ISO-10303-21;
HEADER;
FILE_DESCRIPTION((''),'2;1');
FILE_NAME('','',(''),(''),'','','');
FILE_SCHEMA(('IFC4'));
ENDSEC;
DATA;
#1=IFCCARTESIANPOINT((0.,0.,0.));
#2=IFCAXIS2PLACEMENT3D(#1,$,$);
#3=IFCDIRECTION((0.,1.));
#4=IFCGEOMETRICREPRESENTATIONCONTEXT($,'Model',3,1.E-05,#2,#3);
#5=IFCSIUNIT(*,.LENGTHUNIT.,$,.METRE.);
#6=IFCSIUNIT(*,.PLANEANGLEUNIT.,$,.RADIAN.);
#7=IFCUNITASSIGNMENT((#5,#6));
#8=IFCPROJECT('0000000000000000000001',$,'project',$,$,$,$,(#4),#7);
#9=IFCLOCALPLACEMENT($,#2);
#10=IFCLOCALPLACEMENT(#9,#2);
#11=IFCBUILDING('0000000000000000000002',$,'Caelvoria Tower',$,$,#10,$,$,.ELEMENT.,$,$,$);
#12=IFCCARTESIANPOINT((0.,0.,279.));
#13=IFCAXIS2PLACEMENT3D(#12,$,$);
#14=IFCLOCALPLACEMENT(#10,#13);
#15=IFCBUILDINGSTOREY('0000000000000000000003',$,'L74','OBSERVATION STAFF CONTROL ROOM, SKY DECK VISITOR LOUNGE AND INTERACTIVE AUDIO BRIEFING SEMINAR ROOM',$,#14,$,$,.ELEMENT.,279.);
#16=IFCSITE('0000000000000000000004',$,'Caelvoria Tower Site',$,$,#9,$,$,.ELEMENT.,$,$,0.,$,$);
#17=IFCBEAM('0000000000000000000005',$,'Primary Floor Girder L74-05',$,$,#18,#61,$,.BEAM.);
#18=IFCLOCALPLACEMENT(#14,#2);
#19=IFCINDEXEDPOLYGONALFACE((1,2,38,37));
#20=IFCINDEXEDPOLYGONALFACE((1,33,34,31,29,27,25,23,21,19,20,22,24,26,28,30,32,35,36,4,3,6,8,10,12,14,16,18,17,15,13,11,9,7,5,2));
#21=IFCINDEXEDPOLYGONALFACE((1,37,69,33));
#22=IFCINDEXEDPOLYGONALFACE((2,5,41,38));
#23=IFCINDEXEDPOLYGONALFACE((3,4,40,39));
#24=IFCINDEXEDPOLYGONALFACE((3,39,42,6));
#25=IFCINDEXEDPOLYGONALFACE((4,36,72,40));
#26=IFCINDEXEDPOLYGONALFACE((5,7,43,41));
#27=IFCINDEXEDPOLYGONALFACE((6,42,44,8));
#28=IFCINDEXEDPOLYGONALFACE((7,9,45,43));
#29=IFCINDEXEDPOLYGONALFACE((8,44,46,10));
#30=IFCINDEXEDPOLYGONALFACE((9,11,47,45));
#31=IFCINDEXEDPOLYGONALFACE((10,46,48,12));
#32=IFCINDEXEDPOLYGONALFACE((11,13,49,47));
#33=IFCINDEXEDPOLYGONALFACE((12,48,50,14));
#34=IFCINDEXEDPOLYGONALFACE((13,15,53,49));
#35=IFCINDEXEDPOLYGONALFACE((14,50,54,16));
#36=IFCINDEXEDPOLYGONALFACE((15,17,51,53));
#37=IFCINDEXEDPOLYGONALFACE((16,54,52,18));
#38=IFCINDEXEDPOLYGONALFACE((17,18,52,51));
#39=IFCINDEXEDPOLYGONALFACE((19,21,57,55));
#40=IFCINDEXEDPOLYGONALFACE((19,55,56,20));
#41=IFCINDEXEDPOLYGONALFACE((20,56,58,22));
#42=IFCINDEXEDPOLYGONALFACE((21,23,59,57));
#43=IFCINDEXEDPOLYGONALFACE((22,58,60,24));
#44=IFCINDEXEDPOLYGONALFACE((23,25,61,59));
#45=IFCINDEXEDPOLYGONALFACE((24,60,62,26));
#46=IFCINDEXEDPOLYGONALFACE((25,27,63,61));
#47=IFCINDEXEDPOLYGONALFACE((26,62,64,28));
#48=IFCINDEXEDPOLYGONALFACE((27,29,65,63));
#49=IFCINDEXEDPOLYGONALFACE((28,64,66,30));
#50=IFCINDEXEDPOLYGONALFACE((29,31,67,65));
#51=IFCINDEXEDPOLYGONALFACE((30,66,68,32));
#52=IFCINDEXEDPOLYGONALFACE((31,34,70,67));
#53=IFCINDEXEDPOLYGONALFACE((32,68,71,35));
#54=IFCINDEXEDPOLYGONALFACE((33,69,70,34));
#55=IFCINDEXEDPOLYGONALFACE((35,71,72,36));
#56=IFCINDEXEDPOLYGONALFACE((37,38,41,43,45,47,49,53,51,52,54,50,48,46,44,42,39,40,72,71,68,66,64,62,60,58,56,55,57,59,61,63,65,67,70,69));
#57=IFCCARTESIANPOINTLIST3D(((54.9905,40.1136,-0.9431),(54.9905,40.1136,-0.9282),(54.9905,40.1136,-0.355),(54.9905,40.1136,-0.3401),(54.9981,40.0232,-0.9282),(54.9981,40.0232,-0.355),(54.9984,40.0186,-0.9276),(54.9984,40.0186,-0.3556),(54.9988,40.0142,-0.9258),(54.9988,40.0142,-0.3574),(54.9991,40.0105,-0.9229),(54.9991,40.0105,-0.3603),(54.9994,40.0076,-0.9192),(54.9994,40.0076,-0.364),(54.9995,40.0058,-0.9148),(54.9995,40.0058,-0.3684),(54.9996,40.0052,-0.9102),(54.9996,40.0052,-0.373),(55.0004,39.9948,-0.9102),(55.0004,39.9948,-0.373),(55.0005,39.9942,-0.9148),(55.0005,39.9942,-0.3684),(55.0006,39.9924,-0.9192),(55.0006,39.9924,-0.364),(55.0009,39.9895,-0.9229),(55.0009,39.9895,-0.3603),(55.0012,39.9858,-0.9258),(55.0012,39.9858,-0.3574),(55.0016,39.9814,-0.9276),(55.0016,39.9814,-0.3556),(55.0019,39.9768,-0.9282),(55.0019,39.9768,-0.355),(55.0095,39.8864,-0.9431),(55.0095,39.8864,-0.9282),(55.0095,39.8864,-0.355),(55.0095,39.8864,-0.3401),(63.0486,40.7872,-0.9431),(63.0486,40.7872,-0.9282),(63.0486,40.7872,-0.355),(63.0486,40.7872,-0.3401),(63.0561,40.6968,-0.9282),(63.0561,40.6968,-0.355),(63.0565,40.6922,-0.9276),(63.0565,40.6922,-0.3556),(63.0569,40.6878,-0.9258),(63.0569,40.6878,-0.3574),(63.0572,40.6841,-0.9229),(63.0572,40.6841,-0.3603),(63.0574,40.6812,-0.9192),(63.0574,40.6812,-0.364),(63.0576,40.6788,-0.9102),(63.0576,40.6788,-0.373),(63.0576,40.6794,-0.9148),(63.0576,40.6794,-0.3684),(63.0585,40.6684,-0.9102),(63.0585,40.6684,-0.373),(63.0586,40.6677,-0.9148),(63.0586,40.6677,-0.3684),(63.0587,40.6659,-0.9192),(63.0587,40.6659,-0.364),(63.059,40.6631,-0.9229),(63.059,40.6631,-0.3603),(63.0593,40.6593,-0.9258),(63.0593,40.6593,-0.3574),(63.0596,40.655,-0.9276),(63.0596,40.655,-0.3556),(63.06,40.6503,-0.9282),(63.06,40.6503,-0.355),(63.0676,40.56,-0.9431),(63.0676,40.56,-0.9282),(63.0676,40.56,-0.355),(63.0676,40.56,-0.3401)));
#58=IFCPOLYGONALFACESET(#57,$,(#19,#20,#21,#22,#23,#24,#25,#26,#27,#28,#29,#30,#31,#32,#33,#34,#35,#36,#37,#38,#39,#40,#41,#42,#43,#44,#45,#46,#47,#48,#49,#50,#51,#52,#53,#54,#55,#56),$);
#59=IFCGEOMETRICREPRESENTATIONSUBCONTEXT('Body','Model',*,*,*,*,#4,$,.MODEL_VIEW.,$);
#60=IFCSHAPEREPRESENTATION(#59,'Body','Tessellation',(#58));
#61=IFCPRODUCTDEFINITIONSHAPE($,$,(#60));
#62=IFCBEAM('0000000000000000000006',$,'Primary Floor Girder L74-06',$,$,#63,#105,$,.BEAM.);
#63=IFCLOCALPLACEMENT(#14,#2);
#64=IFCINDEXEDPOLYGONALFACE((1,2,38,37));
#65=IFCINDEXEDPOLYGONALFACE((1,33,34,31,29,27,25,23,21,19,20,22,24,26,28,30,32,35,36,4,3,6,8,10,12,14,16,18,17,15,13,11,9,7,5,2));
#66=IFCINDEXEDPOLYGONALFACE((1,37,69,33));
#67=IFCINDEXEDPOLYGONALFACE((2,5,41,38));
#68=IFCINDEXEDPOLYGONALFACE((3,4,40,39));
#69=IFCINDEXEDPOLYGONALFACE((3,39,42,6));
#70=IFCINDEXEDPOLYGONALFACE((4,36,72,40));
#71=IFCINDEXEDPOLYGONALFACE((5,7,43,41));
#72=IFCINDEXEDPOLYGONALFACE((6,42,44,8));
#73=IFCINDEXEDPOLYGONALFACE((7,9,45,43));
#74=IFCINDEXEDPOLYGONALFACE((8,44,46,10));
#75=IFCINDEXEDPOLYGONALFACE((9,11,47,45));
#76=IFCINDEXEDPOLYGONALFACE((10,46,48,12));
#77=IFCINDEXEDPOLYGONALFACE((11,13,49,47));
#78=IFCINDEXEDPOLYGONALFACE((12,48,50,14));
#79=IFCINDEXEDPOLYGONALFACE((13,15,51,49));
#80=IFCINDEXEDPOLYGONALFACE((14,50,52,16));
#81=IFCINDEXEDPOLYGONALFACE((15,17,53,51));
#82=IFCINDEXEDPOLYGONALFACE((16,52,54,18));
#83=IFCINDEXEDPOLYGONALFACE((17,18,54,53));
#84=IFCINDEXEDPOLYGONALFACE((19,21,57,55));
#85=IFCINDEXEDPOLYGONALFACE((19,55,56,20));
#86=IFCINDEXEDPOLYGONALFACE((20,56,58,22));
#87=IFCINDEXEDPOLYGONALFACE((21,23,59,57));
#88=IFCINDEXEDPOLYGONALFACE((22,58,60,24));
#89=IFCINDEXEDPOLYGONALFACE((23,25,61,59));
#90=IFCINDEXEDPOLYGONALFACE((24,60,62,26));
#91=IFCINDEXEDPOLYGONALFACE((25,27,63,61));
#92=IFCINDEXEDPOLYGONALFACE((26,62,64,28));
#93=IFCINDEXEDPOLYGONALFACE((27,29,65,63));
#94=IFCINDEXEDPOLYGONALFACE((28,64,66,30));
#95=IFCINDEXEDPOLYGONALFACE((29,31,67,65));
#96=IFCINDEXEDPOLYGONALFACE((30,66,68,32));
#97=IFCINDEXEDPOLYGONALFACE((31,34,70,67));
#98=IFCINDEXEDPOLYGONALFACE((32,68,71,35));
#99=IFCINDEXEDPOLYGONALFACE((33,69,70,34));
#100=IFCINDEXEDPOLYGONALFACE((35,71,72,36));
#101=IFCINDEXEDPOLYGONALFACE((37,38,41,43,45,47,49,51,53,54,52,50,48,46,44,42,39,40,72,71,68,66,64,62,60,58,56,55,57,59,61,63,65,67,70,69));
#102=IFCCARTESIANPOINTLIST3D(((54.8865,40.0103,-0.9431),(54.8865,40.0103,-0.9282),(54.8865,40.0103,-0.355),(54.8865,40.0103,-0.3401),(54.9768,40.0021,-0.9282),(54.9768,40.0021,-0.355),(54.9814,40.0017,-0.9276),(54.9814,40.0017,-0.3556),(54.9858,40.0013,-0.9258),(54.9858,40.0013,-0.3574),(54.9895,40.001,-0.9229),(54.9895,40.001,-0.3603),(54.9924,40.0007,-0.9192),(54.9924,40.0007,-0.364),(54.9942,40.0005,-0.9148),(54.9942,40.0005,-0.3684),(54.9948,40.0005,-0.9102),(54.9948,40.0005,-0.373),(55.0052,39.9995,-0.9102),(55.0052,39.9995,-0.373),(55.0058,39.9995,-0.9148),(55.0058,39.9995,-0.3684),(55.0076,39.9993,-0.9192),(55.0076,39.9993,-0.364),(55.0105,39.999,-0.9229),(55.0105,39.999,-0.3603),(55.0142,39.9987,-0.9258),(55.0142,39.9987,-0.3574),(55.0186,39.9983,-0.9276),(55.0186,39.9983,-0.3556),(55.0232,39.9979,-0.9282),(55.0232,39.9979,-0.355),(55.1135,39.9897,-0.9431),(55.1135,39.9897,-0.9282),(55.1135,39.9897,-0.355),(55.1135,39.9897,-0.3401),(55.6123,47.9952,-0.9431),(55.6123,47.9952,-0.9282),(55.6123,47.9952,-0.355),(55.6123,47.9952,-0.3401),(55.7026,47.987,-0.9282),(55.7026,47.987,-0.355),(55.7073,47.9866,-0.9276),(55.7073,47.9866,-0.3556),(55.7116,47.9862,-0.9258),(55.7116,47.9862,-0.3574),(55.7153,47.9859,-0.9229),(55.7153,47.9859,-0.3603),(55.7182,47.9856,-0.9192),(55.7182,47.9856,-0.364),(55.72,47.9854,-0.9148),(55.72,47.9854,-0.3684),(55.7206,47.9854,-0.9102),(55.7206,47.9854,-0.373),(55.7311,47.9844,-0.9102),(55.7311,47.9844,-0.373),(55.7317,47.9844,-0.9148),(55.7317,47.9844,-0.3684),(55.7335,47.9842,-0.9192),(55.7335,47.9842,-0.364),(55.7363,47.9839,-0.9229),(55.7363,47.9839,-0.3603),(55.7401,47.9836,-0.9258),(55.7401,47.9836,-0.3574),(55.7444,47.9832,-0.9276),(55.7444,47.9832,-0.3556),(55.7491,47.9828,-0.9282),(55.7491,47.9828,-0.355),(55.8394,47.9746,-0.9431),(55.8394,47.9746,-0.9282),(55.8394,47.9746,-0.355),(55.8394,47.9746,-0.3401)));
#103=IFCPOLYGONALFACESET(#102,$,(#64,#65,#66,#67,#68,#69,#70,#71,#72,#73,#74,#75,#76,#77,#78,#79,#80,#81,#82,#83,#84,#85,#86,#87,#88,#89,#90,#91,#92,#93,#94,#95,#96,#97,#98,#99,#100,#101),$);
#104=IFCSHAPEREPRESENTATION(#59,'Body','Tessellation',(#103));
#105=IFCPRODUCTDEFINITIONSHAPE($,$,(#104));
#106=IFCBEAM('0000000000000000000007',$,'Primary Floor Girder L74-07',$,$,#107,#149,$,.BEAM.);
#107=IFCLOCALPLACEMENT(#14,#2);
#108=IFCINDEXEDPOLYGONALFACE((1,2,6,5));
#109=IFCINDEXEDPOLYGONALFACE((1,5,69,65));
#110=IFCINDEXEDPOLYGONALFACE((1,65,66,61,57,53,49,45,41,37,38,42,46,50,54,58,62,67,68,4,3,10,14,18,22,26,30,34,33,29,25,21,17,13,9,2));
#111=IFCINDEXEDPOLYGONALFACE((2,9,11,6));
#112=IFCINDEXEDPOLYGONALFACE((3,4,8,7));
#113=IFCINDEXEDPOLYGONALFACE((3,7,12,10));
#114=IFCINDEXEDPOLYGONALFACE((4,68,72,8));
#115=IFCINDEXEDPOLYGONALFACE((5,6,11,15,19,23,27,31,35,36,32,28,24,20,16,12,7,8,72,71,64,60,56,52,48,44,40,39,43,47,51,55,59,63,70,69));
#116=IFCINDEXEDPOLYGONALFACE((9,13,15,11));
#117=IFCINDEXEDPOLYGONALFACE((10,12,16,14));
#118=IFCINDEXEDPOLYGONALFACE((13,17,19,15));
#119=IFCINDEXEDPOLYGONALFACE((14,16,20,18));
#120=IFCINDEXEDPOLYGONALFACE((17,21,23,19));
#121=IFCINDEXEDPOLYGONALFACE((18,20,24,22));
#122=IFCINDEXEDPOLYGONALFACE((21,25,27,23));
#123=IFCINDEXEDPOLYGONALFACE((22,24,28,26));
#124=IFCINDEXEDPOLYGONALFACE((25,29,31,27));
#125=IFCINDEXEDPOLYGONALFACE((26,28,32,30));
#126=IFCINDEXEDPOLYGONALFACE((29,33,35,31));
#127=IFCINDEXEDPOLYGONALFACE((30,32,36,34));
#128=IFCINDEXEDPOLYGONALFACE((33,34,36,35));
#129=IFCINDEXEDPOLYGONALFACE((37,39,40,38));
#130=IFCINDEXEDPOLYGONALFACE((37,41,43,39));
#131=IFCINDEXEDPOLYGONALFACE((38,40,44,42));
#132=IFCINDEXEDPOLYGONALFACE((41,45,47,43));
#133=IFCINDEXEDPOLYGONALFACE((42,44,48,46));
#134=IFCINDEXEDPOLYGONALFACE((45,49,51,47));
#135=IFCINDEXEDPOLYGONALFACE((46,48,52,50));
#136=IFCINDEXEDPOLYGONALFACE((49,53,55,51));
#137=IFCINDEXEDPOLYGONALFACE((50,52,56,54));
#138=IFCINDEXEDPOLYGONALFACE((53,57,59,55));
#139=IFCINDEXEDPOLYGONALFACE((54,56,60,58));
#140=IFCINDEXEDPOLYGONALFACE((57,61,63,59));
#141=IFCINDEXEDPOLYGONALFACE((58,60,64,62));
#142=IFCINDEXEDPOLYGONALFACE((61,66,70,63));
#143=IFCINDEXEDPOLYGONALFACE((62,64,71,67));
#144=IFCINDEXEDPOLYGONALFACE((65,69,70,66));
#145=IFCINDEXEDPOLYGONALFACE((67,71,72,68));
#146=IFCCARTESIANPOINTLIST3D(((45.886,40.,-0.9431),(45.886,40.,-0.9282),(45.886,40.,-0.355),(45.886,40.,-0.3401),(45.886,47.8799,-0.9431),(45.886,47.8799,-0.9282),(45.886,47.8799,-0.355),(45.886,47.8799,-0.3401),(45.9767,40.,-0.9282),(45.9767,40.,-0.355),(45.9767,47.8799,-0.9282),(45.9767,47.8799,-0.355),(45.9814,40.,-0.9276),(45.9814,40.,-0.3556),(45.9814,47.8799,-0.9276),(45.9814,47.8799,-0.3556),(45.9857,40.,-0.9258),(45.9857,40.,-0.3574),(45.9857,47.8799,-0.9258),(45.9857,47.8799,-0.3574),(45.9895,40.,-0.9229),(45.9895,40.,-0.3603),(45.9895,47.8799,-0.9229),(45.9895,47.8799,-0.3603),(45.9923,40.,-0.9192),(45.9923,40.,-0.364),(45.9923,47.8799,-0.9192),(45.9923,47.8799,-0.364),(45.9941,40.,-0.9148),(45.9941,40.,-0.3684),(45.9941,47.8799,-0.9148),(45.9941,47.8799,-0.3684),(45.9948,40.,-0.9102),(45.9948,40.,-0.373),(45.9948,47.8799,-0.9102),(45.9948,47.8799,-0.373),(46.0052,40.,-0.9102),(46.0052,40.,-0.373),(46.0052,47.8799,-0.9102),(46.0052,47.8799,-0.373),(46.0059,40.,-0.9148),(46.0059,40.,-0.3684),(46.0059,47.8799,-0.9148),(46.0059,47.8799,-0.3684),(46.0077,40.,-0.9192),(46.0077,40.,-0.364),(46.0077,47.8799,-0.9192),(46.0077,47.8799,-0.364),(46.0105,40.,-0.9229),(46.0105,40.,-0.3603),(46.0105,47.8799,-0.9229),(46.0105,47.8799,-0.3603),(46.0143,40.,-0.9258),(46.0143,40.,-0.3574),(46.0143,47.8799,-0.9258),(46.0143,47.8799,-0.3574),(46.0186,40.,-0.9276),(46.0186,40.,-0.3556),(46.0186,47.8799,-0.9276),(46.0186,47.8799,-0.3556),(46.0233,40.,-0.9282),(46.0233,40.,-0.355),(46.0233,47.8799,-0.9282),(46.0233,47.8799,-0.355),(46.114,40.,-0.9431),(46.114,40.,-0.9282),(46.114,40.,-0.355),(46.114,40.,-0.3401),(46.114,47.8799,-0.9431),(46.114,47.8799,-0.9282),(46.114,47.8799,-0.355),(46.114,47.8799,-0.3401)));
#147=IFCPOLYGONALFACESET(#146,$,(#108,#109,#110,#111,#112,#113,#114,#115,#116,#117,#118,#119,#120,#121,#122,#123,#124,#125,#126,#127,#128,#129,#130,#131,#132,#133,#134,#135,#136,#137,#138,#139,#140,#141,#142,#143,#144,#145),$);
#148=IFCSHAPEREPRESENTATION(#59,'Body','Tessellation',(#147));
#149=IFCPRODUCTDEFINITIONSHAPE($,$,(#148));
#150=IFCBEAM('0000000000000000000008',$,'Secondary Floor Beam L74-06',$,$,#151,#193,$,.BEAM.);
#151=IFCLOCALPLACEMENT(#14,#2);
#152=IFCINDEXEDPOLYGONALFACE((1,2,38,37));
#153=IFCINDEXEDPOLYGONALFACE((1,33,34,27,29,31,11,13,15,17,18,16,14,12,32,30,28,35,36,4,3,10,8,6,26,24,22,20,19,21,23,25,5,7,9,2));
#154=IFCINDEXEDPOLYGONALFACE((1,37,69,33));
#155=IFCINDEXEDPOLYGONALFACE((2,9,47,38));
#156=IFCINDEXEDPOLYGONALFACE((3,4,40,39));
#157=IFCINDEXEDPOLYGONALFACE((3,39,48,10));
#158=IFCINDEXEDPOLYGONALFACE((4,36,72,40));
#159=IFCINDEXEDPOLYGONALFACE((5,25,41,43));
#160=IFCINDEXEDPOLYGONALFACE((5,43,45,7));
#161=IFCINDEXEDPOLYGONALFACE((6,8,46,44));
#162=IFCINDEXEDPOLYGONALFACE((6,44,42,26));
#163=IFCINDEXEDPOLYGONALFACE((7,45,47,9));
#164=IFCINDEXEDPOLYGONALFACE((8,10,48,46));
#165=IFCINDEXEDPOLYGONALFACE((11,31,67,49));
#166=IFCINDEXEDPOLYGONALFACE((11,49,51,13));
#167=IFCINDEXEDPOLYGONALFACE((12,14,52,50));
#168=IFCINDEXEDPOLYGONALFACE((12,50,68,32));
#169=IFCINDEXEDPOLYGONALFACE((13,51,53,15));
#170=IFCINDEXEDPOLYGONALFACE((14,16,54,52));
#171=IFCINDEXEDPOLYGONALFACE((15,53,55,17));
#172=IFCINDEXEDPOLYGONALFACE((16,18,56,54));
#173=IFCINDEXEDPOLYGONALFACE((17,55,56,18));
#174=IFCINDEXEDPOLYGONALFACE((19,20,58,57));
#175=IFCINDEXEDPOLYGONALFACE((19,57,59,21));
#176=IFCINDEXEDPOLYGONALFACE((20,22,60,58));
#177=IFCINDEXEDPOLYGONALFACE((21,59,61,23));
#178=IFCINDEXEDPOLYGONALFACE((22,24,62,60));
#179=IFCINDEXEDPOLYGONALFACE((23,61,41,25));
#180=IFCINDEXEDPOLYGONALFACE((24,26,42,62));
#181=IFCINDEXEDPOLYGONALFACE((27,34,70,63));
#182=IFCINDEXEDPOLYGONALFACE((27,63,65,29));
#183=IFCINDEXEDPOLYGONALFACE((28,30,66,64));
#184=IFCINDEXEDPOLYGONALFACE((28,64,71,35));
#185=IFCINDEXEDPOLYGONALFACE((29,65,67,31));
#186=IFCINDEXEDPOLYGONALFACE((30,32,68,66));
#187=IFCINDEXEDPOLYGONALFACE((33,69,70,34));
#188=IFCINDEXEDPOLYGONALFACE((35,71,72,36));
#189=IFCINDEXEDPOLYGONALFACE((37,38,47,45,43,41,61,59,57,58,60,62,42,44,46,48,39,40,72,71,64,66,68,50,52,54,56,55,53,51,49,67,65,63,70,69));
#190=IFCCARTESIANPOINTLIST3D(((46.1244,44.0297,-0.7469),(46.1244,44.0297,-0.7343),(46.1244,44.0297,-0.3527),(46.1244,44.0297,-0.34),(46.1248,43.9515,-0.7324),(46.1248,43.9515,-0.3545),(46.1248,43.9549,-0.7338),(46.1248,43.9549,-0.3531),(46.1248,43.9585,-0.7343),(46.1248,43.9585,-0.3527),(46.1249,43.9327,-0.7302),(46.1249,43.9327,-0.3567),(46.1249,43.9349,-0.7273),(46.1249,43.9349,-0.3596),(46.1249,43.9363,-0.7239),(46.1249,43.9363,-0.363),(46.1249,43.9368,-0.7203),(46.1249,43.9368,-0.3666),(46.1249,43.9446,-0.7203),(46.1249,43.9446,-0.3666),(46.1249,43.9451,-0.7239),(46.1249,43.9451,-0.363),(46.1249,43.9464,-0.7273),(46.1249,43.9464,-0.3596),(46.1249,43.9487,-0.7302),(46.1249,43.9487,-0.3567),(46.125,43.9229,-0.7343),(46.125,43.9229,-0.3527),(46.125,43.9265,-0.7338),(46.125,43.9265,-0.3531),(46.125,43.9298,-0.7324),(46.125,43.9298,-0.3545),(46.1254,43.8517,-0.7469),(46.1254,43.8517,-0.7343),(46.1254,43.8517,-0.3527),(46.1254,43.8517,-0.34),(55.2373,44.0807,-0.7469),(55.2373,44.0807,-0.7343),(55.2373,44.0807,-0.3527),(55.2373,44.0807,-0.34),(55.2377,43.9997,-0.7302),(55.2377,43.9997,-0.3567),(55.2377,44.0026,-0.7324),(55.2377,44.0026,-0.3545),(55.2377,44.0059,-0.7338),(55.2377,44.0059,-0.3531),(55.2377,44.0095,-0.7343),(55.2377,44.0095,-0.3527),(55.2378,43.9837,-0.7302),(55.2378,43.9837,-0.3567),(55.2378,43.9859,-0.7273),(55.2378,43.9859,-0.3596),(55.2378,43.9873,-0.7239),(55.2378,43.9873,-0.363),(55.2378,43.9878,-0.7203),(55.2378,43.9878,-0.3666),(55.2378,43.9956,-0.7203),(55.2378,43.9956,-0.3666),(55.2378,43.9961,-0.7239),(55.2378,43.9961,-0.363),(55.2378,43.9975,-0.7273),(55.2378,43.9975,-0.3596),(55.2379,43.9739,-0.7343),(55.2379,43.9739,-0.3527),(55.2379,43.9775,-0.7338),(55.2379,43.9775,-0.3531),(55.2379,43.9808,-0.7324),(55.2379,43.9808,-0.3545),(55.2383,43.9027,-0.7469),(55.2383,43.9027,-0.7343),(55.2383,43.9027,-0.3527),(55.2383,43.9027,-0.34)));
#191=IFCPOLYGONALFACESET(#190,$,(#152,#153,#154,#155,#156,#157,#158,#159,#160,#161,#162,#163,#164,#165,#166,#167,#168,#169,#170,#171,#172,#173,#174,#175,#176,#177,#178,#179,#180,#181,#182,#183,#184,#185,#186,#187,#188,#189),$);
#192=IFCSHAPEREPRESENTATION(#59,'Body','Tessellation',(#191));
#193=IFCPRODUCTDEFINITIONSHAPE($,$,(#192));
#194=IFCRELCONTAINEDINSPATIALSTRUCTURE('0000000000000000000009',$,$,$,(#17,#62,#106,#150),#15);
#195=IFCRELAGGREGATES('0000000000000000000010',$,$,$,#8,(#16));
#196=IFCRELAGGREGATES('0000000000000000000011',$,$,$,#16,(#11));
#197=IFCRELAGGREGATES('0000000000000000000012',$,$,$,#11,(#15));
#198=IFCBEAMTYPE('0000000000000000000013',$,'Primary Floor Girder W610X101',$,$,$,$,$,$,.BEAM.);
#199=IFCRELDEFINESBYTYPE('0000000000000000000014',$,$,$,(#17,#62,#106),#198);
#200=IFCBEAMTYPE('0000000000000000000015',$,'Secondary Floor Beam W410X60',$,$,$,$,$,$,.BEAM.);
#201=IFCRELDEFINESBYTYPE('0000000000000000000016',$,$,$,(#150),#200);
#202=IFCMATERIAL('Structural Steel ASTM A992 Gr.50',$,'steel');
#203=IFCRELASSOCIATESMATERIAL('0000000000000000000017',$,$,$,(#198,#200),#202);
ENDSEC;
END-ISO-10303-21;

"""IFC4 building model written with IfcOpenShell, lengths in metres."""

from ifc_helpers import new_model, si_unit, direction, frame, origin, origin_2d, place, context, subcontext, project, spatial, i_section, extrude, material, material_profile, profile_set, type_object, element, save


model = new_model("IFC4")

# Units and contexts
model_context = context("Model", 3, precision=1e-05, world=origin(), true_north=direction((0.0, 1.0)))
body_context = subcontext(model_context, "Body", "Model", "MODEL_VIEW")
ifc_project = project(units=[si_unit("LENGTHUNIT", "METRE"), si_unit("PLANEANGLEUNIT", "RADIAN")], contexts=[model_context])

# Site, building, storey
site_placement = place(None, origin())
site = spatial("IfcSite", under=ifc_project, at=site_placement, Name="Caelvoria Tower Site", CompositionType="ELEMENT", RefElevation=0.0)
building_placement = place(site_placement, origin())
building = spatial("IfcBuilding", under=site, at=building_placement, Name="Caelvoria Tower", CompositionType="ELEMENT")
storey_placement = place(building_placement, frame((0.0, 0.0, 279.0)))
storey = spatial("IfcBuildingStorey", under=building, at=storey_placement, Name="L74", Description="OBSERVATION STAFF CONTROL ROOM, SKY DECK VISITOR LOUNGE AND INTERACTIVE AUDIO BRIEFING SEMINAR ROOM", CompositionType="ELEMENT", Elevation=279.0)

# Shared definitions
ifc_material_1 = material(Name="Structural Steel ASTM A992 Gr.50", Category="steel")

# Beams
ifc_material_profile_1 = material_profile(ifc_material_1, i_section(OverallWidth=0.228, OverallDepth=0.603, WebThickness=0.0105, FlangeThickness=0.0149, FilletRadius=0.0181, at=origin_2d()), Name="Structural Steel ASTM A992 Gr.50")
ifc_profile_set_1 = profile_set([ifc_material_profile_1], Name="W610X101 - Structural Steel ASTM A992 Gr.50")
beam_type_1 = type_object("IfcBeamType", Name="Primary Floor Girder W610X101", PredefinedType="BEAM", material=ifc_profile_set_1)
beam_1_placement = place(storey_placement, frame((55.0, 40.0, -0.6416), z_axis=(0.996524, 0.0833, 0.0), x_axis=(-0.0833, 0.996524, 0.0)))
element("IfcBeam", 1, at=beam_1_placement, inside=storey, type_object=beam_type_1, Name="Primary Floor Girder L74-05", PredefinedType="BEAM", context=body_context, shape_type="SweptSolid", body=[
    extrude(i_section(OverallWidth=0.228, OverallDepth=0.603, WebThickness=0.0105, FlangeThickness=0.0149, FilletRadius=0.0181, at=origin_2d()), origin(), (0.0, 0.0, 1.0), 8.0862),
])
beam_2_placement = place(storey_placement, frame((55.0, 40.0, -0.6416), z_axis=(0.090528, 0.995894, 0.0), x_axis=(-0.995894, 0.090528, 0.0)))
element("IfcBeam", 2, at=beam_2_placement, inside=storey, type_object=beam_type_1, Name="Primary Floor Girder L74-06", PredefinedType="BEAM", context=body_context, shape_type="SweptSolid", body=[
    extrude(i_section(OverallWidth=0.228, OverallDepth=0.603, WebThickness=0.0105, FlangeThickness=0.0149, FilletRadius=0.0181, at=origin_2d()), origin(), (0.0, 0.0, 1.0), 8.0178),
])
beam_3_placement = place(storey_placement, frame((46.0, 40.0, -0.6416), z_axis=(0.0, 1.0, 0.0), x_axis=(-1.0, 0.0, 0.0)))
element("IfcBeam", 3, at=beam_3_placement, inside=storey, type_object=beam_type_1, Name="Primary Floor Girder L74-07", PredefinedType="BEAM", context=body_context, shape_type="SweptSolid", body=[
    extrude(i_section(OverallWidth=0.228, OverallDepth=0.603, WebThickness=0.0105, FlangeThickness=0.0149, FilletRadius=0.0181, at=origin_2d()), origin(), (0.0, 0.0, 1.0), 7.8799),
])
ifc_material_profile_2 = material_profile(ifc_material_1, i_section(OverallWidth=0.178, OverallDepth=0.407, WebThickness=0.0078, FlangeThickness=0.0127, FilletRadius=0.0139, at=origin_2d()), Name="Structural Steel ASTM A992 Gr.50")
ifc_profile_set_2 = profile_set([ifc_material_profile_2], Name="W410X60 - Structural Steel ASTM A992 Gr.50")
beam_type_2 = type_object("IfcBeamType", Name="Secondary Floor Beam W410X60", PredefinedType="BEAM", material=ifc_profile_set_2)
for number, where, z_axis, x_axis, name in (
    (4, (55.2378, 43.9917, -0.5435), (-0.999984, -0.005599, 0.0), (0.005599, -0.999984, 0.0), "Secondary Floor Beam L74-06"),
):
    element("IfcBeam", number, at=place(storey_placement, frame(where, z_axis=z_axis, x_axis=x_axis)), inside=storey, type_object=beam_type_2, Name=name, PredefinedType="BEAM", context=body_context, shape_type="SweptSolid", body=[
        extrude(i_section(OverallWidth=0.178, OverallDepth=0.407, WebThickness=0.0078, FlangeThickness=0.0127, FilletRadius=0.0139, at=origin_2d()), origin(), (0.0, 0.0, 1.0), 9.113),
    ])

save(model, "model.ifc")
